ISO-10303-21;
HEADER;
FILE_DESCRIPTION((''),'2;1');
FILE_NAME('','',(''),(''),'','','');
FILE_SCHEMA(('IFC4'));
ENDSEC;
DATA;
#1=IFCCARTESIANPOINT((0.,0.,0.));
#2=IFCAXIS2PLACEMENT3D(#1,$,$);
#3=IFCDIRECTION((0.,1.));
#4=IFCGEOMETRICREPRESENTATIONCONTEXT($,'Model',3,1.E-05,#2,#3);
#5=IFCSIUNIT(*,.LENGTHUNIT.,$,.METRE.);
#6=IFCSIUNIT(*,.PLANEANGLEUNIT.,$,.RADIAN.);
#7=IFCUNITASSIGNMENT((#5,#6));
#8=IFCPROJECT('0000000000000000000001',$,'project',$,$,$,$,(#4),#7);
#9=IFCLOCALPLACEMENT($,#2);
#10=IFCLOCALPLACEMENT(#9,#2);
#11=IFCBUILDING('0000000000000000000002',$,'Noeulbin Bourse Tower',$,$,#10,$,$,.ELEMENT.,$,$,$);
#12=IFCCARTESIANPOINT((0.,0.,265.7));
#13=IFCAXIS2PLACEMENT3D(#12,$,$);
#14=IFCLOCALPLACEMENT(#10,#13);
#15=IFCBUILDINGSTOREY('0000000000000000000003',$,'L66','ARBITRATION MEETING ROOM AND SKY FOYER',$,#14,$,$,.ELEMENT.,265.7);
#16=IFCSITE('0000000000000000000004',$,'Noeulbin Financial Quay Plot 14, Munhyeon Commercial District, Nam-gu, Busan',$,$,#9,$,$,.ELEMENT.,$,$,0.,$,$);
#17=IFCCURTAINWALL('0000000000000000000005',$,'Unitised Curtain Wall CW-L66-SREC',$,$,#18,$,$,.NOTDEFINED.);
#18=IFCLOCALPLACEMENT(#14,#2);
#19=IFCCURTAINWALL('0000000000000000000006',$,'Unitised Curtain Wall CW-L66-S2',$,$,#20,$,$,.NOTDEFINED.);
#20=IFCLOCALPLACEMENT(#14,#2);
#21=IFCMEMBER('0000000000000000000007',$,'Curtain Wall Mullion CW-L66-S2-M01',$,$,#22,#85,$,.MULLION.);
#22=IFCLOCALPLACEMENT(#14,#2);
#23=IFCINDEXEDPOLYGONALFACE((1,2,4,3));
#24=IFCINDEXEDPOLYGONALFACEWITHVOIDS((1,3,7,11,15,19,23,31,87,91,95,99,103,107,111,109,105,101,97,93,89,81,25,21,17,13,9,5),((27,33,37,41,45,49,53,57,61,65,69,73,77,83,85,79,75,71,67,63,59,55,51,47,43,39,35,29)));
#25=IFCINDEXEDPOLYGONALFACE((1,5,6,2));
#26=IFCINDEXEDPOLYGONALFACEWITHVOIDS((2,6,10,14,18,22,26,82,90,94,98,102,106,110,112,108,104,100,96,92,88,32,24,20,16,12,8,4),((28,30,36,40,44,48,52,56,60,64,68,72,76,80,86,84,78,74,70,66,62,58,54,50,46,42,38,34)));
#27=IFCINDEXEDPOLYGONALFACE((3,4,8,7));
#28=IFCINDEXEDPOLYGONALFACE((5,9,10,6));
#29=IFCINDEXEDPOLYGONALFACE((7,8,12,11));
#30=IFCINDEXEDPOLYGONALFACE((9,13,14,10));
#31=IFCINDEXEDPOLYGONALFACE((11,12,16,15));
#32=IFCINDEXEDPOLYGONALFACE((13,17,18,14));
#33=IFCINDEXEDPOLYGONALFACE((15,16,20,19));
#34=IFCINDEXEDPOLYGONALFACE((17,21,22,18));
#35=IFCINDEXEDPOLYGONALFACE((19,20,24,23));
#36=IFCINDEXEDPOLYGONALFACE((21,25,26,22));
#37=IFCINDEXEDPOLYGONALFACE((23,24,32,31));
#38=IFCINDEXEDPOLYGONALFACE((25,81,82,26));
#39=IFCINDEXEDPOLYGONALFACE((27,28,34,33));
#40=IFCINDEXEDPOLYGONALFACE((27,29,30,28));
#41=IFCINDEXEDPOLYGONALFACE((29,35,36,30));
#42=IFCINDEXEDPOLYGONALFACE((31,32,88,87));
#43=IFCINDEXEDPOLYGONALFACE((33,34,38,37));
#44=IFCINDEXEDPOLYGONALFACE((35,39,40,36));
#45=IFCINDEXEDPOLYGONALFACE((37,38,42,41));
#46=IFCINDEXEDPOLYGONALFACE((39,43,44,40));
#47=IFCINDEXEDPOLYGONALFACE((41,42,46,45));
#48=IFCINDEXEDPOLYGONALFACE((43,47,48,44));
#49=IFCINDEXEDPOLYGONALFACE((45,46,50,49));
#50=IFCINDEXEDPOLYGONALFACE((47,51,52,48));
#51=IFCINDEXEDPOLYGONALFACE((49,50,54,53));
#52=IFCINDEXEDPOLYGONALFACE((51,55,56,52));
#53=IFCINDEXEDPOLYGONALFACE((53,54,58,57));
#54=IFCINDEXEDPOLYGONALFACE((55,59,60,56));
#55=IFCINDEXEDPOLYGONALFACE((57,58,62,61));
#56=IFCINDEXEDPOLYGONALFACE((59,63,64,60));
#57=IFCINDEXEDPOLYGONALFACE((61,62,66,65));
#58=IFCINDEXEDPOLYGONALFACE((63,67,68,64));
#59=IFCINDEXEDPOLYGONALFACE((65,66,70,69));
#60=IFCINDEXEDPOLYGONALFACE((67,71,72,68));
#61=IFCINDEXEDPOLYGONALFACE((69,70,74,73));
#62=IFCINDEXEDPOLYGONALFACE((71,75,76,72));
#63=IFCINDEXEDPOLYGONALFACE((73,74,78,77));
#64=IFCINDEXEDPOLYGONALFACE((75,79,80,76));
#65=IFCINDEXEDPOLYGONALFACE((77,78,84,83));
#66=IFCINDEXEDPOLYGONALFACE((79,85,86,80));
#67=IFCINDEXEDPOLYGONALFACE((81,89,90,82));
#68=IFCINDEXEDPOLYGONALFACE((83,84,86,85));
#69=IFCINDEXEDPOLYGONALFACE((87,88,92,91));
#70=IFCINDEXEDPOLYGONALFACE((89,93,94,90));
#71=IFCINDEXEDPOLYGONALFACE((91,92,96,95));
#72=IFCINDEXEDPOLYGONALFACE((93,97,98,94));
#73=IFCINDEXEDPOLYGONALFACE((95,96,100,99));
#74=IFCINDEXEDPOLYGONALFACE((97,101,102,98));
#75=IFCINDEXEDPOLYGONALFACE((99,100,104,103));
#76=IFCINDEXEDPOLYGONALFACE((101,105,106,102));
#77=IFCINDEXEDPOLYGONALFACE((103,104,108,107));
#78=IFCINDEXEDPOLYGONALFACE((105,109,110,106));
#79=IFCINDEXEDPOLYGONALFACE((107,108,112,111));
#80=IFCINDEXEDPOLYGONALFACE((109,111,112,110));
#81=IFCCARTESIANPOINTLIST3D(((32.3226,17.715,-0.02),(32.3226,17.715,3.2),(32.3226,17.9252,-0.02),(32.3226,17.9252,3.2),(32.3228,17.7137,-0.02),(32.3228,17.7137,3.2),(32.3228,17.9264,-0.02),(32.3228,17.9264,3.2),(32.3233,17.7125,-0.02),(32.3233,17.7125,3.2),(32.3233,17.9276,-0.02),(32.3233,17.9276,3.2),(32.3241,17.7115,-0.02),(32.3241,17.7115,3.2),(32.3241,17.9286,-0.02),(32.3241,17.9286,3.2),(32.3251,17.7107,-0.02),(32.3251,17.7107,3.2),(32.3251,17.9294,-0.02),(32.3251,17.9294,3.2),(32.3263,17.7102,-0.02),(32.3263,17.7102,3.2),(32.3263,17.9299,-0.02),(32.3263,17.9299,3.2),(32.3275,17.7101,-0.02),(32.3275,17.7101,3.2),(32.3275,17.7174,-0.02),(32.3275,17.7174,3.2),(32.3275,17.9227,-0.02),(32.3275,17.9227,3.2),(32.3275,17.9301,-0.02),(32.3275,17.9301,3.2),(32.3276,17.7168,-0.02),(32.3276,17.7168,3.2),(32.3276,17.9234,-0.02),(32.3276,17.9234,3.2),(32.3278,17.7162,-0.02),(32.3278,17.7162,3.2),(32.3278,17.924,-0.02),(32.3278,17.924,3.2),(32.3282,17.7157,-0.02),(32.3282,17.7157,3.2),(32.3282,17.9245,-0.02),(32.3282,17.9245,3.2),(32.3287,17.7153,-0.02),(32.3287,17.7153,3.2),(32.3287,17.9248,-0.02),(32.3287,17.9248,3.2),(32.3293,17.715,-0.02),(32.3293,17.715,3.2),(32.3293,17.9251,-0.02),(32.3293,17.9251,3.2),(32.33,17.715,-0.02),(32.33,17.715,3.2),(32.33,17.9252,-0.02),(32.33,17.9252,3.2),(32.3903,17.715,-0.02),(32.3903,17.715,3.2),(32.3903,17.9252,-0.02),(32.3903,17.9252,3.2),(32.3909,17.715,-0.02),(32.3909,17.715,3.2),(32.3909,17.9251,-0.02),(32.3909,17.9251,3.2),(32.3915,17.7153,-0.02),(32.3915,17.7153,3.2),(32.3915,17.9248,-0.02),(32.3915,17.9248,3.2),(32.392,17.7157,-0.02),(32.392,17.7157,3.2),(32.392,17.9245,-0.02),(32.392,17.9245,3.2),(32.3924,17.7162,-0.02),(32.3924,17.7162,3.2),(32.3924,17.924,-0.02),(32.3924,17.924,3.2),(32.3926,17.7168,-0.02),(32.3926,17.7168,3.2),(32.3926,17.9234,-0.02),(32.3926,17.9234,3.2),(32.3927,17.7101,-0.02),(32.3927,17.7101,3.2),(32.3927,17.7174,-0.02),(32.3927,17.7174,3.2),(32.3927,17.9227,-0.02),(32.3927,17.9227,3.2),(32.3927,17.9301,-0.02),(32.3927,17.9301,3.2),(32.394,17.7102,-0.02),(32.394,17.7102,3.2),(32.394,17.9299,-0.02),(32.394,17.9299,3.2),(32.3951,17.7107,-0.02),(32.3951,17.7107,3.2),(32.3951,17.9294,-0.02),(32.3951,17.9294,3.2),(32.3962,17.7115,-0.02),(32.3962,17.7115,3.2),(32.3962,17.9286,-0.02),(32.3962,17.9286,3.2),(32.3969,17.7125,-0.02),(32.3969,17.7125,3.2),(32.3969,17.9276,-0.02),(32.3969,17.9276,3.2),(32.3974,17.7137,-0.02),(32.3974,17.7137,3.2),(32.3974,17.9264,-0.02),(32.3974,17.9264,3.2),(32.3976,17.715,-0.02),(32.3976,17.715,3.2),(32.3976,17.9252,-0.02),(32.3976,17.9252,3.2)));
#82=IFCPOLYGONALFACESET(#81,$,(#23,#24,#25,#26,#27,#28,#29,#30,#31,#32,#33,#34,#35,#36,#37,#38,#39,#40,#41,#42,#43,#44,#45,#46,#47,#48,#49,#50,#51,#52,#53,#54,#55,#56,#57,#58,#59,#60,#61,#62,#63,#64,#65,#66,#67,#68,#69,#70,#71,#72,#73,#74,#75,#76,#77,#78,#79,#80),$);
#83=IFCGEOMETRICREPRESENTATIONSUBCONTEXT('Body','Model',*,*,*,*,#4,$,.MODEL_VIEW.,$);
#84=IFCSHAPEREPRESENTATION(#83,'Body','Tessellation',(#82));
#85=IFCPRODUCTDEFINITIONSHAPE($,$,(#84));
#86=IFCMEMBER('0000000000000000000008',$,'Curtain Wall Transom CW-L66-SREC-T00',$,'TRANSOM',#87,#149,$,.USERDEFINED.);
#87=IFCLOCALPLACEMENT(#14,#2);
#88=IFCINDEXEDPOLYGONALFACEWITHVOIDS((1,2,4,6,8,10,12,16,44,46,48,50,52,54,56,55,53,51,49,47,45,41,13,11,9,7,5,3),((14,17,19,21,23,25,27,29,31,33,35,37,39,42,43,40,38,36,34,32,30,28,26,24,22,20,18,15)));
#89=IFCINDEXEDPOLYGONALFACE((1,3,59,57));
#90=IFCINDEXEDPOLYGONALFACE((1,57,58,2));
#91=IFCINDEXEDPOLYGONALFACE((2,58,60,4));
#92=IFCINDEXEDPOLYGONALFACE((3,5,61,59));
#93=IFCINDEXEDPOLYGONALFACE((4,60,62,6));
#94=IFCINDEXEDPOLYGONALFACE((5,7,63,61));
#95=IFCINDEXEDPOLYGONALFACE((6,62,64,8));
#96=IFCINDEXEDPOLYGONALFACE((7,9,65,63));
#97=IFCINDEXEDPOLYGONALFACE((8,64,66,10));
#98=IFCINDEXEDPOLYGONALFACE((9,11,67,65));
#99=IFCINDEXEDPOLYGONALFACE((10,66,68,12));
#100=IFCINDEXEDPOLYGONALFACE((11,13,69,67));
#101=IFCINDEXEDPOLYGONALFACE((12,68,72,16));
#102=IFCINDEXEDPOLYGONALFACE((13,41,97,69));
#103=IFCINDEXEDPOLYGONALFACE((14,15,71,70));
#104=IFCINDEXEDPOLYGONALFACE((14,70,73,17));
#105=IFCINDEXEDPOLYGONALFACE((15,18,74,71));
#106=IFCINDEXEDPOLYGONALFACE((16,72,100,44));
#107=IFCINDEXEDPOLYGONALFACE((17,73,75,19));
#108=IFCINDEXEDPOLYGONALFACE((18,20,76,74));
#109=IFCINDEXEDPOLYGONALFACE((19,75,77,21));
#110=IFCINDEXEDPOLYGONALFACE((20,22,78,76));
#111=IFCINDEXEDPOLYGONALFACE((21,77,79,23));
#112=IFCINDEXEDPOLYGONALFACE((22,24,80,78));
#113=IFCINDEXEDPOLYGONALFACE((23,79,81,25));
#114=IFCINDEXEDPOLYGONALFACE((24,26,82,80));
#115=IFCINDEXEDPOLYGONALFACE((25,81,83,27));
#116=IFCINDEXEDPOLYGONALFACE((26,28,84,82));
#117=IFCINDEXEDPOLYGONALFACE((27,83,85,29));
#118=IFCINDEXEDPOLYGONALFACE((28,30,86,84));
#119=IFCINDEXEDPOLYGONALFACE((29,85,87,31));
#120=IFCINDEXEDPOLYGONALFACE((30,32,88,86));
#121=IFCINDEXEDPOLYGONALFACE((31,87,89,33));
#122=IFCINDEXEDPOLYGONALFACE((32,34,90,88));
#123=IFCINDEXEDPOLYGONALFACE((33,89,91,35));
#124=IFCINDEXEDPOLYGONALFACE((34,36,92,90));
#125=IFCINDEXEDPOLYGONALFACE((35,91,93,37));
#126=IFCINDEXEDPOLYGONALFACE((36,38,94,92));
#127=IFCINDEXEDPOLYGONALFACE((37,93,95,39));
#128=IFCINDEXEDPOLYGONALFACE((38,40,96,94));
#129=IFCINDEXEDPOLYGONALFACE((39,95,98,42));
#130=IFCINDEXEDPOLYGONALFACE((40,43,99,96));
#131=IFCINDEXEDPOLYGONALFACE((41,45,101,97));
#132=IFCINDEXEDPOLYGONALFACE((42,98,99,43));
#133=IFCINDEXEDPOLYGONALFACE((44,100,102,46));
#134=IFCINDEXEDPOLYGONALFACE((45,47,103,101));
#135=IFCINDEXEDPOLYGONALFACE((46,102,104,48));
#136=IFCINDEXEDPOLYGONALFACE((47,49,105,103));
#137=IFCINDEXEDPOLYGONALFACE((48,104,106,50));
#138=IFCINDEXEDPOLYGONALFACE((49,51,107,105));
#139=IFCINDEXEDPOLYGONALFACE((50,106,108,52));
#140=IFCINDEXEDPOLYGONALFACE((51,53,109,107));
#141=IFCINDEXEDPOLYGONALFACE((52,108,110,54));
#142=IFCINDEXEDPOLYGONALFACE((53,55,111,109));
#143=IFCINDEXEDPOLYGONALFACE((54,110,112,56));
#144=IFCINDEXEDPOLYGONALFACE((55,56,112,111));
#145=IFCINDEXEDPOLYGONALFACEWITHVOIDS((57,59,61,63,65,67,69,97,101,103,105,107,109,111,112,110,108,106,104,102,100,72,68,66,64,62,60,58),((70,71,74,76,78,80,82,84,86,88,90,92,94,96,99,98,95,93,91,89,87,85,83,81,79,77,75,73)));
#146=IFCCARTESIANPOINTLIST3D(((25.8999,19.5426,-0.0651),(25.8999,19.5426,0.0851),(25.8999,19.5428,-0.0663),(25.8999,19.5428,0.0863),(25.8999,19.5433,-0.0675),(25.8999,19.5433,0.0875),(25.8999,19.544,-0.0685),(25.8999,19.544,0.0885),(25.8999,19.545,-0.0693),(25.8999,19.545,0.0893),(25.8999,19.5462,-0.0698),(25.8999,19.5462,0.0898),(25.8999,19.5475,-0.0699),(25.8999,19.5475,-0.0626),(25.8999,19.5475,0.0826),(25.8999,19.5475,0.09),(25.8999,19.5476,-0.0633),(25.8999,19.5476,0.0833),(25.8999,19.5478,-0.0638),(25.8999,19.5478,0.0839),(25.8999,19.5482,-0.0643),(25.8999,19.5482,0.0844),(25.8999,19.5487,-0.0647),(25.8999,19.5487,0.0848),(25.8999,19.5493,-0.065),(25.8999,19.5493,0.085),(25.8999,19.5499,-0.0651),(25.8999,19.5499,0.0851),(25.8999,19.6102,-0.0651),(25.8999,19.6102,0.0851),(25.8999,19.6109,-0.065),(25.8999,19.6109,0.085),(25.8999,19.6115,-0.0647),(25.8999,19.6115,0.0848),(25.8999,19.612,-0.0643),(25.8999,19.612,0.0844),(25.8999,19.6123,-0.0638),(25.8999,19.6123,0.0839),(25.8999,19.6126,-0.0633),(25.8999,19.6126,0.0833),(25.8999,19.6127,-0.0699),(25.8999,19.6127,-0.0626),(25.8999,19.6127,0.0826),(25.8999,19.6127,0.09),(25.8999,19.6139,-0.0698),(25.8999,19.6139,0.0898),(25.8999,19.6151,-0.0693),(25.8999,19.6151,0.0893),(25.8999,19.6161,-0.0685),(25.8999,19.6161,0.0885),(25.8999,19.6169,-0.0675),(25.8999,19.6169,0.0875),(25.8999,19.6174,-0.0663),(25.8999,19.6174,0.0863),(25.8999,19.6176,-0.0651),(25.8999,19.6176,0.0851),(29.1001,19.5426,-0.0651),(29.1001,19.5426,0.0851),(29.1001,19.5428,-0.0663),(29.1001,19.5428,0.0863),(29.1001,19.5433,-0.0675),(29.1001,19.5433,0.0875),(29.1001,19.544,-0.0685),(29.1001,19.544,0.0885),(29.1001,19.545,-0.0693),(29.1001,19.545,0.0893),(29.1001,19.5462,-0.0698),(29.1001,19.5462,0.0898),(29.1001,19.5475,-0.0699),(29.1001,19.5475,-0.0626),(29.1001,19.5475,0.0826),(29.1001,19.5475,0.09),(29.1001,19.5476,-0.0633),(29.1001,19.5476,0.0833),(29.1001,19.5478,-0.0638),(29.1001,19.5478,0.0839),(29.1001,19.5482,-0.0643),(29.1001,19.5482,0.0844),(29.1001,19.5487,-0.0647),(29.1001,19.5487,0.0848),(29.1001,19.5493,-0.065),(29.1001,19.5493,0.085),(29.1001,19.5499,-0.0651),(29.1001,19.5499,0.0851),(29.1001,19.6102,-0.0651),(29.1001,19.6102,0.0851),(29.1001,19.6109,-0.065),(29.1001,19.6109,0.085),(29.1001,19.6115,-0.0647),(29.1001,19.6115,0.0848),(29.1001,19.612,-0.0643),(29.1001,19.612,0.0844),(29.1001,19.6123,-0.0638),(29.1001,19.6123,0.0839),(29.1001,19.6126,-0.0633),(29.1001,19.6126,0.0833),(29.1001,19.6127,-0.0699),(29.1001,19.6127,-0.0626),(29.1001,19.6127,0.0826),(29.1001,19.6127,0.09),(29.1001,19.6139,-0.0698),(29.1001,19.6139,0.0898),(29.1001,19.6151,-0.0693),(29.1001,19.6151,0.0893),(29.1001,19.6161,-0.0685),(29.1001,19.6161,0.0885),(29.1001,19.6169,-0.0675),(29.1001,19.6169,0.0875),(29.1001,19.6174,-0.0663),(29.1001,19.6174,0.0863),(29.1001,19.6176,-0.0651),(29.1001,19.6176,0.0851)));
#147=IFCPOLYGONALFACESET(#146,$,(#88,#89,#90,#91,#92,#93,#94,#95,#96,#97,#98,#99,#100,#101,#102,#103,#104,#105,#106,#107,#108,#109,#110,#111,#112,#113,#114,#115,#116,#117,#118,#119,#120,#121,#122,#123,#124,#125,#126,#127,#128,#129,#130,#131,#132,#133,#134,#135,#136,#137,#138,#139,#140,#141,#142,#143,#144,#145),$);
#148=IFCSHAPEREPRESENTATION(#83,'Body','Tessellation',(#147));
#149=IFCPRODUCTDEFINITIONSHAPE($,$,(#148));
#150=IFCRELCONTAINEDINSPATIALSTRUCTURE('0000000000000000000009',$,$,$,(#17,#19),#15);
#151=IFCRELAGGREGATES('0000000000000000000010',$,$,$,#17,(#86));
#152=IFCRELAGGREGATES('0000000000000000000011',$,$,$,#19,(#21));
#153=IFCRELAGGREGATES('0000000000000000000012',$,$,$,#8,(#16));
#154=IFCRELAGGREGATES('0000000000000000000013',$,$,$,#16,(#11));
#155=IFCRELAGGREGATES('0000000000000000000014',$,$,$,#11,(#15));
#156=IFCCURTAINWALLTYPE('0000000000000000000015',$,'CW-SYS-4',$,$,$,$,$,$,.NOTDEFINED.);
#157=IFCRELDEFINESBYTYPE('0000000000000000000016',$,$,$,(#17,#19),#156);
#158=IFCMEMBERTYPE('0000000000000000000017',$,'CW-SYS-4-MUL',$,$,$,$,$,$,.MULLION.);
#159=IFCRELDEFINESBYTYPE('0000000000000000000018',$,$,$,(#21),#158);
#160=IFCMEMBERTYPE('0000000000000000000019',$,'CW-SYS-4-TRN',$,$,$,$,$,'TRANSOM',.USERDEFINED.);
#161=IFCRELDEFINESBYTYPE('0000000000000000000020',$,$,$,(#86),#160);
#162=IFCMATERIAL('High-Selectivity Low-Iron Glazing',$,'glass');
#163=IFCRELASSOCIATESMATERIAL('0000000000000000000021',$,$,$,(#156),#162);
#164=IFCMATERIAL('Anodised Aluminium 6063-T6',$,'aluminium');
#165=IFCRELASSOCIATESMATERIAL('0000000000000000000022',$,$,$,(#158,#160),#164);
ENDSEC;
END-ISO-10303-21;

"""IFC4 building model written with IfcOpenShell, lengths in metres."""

from ifc_helpers import new_model, si_unit, direction, frame, origin, origin_2d, place, context, subcontext, project, spatial, hollow_rectangle, extrude, material, material_profile, profile_set, type_object, element, aggregate, save


model = new_model("IFC4")

# Units and contexts
model_context = context("Model", 3, precision=1e-05, world=origin(), true_north=direction((0.0, 1.0)))
body_context = subcontext(model_context, "Body", "Model", "MODEL_VIEW")
ifc_project = project(units=[si_unit("LENGTHUNIT", "METRE"), si_unit("PLANEANGLEUNIT", "RADIAN")], contexts=[model_context])

# Site, building, storey
site_placement = place(None, origin())
site = spatial("IfcSite", under=ifc_project, at=site_placement, Name="Noeulbin Financial Quay Plot 14, Munhyeon Commercial District, Nam-gu, Busan", CompositionType="ELEMENT", RefElevation=0.0)
building_placement = place(site_placement, origin())
building = spatial("IfcBuilding", under=site, at=building_placement, Name="Noeulbin Bourse Tower", CompositionType="ELEMENT")
storey_placement = place(building_placement, frame((0.0, 0.0, 265.7)))
storey = spatial("IfcBuildingStorey", under=building, at=storey_placement, Name="L66", Description="ARBITRATION MEETING ROOM AND SKY FOYER", CompositionType="ELEMENT", Elevation=265.7)

# Curtain wall
ifc_material_1 = material(Name="High-Selectivity Low-Iron Glazing", Category="glass")
curtain_wall_type = type_object("IfcCurtainWallType", Name="CW-SYS-4", PredefinedType="NOTDEFINED", material=ifc_material_1)
curtain_wall_1_placement = place(storey_placement, origin())
curtain_wall_1 = element("IfcCurtainWall", 1, at=curtain_wall_1_placement, inside=storey, type_object=curtain_wall_type, Name="Unitised Curtain Wall CW-L66-SREC", PredefinedType="NOTDEFINED")
ifc_material_2 = material(Name="Anodised Aluminium 6063-T6", Category="aluminium")
ifc_material_profile_1 = material_profile(ifc_material_2, hollow_rectangle(XDim=0.075, YDim=0.22, WallThickness=0.0049, InnerFilletRadius=0.0024, OuterFilletRadius=0.0049, at=origin_2d()), Name="ALU-MULL-75x220x5", Category="LoadBearing")
ifc_profile_set_1 = profile_set([ifc_material_profile_1], Name="Anodised Aluminium 6063-T6")
member_type_1 = type_object("IfcMemberType", Name="CW-SYS-4-MUL", PredefinedType="MULLION", material=ifc_profile_set_1)

# Curtain wall, member
curtain_wall_2_placement = place(storey_placement, origin())
curtain_wall_2 = element("IfcCurtainWall", 2, at=curtain_wall_2_placement, inside=storey, type_object=curtain_wall_type, Name="Unitised Curtain Wall CW-L66-S2", PredefinedType="NOTDEFINED")
member_1_placement = place(storey_placement, frame((32.3601, 17.8201, -0.02), z_axis=(0.0, 0.0, 1.0), x_axis=(1.0, 0.0, 0.0)))
member_1 = element("IfcMember", 3, at=member_1_placement, type_object=member_type_1, Name="Curtain Wall Mullion CW-L66-S2-M01", PredefinedType="MULLION", context=body_context, shape_type="SweptSolid", body=[
    extrude(hollow_rectangle(XDim=0.075, YDim=0.22, WallThickness=0.0049, InnerFilletRadius=0.0024, OuterFilletRadius=0.0049, at=origin_2d()), origin(), (0.0, 0.0, 1.0), 3.22),
])

# Member
ifc_material_profile_2 = material_profile(ifc_material_2, hollow_rectangle(XDim=0.075, YDim=0.1599, WallThickness=0.0049, InnerFilletRadius=0.0024, OuterFilletRadius=0.0049, at=origin_2d()), Name="ALU-TRAN-75x160x5", Category="LoadBearing")
ifc_profile_set_2 = profile_set([ifc_material_profile_2], Name="Anodised Aluminium 6063-T6")
member_type_2 = type_object("IfcMemberType", Name="CW-SYS-4-TRN", ElementType="TRANSOM", PredefinedType="USERDEFINED", material=ifc_profile_set_2)
member_2_placement = place(storey_placement, frame((25.8999, 19.5801, 0.01), z_axis=(1.0, 0.0, 0.0), x_axis=(0.0, 1.0, 0.0)))
member_2 = element("IfcMember", 4, at=member_2_placement, type_object=member_type_2, Name="Curtain Wall Transom CW-L66-SREC-T00", ObjectType="TRANSOM", PredefinedType="USERDEFINED", context=body_context, shape_type="SweptSolid", body=[
    extrude(hollow_rectangle(XDim=0.075, YDim=0.1599, WallThickness=0.0049, InnerFilletRadius=0.0024, OuterFilletRadius=0.0049, at=origin_2d()), origin(), (0.0, 0.0, 1.0), 3.2002),
])

aggregate(curtain_wall_1, [member_2])
aggregate(curtain_wall_2, [member_1])

save(model, "model.ifc")
